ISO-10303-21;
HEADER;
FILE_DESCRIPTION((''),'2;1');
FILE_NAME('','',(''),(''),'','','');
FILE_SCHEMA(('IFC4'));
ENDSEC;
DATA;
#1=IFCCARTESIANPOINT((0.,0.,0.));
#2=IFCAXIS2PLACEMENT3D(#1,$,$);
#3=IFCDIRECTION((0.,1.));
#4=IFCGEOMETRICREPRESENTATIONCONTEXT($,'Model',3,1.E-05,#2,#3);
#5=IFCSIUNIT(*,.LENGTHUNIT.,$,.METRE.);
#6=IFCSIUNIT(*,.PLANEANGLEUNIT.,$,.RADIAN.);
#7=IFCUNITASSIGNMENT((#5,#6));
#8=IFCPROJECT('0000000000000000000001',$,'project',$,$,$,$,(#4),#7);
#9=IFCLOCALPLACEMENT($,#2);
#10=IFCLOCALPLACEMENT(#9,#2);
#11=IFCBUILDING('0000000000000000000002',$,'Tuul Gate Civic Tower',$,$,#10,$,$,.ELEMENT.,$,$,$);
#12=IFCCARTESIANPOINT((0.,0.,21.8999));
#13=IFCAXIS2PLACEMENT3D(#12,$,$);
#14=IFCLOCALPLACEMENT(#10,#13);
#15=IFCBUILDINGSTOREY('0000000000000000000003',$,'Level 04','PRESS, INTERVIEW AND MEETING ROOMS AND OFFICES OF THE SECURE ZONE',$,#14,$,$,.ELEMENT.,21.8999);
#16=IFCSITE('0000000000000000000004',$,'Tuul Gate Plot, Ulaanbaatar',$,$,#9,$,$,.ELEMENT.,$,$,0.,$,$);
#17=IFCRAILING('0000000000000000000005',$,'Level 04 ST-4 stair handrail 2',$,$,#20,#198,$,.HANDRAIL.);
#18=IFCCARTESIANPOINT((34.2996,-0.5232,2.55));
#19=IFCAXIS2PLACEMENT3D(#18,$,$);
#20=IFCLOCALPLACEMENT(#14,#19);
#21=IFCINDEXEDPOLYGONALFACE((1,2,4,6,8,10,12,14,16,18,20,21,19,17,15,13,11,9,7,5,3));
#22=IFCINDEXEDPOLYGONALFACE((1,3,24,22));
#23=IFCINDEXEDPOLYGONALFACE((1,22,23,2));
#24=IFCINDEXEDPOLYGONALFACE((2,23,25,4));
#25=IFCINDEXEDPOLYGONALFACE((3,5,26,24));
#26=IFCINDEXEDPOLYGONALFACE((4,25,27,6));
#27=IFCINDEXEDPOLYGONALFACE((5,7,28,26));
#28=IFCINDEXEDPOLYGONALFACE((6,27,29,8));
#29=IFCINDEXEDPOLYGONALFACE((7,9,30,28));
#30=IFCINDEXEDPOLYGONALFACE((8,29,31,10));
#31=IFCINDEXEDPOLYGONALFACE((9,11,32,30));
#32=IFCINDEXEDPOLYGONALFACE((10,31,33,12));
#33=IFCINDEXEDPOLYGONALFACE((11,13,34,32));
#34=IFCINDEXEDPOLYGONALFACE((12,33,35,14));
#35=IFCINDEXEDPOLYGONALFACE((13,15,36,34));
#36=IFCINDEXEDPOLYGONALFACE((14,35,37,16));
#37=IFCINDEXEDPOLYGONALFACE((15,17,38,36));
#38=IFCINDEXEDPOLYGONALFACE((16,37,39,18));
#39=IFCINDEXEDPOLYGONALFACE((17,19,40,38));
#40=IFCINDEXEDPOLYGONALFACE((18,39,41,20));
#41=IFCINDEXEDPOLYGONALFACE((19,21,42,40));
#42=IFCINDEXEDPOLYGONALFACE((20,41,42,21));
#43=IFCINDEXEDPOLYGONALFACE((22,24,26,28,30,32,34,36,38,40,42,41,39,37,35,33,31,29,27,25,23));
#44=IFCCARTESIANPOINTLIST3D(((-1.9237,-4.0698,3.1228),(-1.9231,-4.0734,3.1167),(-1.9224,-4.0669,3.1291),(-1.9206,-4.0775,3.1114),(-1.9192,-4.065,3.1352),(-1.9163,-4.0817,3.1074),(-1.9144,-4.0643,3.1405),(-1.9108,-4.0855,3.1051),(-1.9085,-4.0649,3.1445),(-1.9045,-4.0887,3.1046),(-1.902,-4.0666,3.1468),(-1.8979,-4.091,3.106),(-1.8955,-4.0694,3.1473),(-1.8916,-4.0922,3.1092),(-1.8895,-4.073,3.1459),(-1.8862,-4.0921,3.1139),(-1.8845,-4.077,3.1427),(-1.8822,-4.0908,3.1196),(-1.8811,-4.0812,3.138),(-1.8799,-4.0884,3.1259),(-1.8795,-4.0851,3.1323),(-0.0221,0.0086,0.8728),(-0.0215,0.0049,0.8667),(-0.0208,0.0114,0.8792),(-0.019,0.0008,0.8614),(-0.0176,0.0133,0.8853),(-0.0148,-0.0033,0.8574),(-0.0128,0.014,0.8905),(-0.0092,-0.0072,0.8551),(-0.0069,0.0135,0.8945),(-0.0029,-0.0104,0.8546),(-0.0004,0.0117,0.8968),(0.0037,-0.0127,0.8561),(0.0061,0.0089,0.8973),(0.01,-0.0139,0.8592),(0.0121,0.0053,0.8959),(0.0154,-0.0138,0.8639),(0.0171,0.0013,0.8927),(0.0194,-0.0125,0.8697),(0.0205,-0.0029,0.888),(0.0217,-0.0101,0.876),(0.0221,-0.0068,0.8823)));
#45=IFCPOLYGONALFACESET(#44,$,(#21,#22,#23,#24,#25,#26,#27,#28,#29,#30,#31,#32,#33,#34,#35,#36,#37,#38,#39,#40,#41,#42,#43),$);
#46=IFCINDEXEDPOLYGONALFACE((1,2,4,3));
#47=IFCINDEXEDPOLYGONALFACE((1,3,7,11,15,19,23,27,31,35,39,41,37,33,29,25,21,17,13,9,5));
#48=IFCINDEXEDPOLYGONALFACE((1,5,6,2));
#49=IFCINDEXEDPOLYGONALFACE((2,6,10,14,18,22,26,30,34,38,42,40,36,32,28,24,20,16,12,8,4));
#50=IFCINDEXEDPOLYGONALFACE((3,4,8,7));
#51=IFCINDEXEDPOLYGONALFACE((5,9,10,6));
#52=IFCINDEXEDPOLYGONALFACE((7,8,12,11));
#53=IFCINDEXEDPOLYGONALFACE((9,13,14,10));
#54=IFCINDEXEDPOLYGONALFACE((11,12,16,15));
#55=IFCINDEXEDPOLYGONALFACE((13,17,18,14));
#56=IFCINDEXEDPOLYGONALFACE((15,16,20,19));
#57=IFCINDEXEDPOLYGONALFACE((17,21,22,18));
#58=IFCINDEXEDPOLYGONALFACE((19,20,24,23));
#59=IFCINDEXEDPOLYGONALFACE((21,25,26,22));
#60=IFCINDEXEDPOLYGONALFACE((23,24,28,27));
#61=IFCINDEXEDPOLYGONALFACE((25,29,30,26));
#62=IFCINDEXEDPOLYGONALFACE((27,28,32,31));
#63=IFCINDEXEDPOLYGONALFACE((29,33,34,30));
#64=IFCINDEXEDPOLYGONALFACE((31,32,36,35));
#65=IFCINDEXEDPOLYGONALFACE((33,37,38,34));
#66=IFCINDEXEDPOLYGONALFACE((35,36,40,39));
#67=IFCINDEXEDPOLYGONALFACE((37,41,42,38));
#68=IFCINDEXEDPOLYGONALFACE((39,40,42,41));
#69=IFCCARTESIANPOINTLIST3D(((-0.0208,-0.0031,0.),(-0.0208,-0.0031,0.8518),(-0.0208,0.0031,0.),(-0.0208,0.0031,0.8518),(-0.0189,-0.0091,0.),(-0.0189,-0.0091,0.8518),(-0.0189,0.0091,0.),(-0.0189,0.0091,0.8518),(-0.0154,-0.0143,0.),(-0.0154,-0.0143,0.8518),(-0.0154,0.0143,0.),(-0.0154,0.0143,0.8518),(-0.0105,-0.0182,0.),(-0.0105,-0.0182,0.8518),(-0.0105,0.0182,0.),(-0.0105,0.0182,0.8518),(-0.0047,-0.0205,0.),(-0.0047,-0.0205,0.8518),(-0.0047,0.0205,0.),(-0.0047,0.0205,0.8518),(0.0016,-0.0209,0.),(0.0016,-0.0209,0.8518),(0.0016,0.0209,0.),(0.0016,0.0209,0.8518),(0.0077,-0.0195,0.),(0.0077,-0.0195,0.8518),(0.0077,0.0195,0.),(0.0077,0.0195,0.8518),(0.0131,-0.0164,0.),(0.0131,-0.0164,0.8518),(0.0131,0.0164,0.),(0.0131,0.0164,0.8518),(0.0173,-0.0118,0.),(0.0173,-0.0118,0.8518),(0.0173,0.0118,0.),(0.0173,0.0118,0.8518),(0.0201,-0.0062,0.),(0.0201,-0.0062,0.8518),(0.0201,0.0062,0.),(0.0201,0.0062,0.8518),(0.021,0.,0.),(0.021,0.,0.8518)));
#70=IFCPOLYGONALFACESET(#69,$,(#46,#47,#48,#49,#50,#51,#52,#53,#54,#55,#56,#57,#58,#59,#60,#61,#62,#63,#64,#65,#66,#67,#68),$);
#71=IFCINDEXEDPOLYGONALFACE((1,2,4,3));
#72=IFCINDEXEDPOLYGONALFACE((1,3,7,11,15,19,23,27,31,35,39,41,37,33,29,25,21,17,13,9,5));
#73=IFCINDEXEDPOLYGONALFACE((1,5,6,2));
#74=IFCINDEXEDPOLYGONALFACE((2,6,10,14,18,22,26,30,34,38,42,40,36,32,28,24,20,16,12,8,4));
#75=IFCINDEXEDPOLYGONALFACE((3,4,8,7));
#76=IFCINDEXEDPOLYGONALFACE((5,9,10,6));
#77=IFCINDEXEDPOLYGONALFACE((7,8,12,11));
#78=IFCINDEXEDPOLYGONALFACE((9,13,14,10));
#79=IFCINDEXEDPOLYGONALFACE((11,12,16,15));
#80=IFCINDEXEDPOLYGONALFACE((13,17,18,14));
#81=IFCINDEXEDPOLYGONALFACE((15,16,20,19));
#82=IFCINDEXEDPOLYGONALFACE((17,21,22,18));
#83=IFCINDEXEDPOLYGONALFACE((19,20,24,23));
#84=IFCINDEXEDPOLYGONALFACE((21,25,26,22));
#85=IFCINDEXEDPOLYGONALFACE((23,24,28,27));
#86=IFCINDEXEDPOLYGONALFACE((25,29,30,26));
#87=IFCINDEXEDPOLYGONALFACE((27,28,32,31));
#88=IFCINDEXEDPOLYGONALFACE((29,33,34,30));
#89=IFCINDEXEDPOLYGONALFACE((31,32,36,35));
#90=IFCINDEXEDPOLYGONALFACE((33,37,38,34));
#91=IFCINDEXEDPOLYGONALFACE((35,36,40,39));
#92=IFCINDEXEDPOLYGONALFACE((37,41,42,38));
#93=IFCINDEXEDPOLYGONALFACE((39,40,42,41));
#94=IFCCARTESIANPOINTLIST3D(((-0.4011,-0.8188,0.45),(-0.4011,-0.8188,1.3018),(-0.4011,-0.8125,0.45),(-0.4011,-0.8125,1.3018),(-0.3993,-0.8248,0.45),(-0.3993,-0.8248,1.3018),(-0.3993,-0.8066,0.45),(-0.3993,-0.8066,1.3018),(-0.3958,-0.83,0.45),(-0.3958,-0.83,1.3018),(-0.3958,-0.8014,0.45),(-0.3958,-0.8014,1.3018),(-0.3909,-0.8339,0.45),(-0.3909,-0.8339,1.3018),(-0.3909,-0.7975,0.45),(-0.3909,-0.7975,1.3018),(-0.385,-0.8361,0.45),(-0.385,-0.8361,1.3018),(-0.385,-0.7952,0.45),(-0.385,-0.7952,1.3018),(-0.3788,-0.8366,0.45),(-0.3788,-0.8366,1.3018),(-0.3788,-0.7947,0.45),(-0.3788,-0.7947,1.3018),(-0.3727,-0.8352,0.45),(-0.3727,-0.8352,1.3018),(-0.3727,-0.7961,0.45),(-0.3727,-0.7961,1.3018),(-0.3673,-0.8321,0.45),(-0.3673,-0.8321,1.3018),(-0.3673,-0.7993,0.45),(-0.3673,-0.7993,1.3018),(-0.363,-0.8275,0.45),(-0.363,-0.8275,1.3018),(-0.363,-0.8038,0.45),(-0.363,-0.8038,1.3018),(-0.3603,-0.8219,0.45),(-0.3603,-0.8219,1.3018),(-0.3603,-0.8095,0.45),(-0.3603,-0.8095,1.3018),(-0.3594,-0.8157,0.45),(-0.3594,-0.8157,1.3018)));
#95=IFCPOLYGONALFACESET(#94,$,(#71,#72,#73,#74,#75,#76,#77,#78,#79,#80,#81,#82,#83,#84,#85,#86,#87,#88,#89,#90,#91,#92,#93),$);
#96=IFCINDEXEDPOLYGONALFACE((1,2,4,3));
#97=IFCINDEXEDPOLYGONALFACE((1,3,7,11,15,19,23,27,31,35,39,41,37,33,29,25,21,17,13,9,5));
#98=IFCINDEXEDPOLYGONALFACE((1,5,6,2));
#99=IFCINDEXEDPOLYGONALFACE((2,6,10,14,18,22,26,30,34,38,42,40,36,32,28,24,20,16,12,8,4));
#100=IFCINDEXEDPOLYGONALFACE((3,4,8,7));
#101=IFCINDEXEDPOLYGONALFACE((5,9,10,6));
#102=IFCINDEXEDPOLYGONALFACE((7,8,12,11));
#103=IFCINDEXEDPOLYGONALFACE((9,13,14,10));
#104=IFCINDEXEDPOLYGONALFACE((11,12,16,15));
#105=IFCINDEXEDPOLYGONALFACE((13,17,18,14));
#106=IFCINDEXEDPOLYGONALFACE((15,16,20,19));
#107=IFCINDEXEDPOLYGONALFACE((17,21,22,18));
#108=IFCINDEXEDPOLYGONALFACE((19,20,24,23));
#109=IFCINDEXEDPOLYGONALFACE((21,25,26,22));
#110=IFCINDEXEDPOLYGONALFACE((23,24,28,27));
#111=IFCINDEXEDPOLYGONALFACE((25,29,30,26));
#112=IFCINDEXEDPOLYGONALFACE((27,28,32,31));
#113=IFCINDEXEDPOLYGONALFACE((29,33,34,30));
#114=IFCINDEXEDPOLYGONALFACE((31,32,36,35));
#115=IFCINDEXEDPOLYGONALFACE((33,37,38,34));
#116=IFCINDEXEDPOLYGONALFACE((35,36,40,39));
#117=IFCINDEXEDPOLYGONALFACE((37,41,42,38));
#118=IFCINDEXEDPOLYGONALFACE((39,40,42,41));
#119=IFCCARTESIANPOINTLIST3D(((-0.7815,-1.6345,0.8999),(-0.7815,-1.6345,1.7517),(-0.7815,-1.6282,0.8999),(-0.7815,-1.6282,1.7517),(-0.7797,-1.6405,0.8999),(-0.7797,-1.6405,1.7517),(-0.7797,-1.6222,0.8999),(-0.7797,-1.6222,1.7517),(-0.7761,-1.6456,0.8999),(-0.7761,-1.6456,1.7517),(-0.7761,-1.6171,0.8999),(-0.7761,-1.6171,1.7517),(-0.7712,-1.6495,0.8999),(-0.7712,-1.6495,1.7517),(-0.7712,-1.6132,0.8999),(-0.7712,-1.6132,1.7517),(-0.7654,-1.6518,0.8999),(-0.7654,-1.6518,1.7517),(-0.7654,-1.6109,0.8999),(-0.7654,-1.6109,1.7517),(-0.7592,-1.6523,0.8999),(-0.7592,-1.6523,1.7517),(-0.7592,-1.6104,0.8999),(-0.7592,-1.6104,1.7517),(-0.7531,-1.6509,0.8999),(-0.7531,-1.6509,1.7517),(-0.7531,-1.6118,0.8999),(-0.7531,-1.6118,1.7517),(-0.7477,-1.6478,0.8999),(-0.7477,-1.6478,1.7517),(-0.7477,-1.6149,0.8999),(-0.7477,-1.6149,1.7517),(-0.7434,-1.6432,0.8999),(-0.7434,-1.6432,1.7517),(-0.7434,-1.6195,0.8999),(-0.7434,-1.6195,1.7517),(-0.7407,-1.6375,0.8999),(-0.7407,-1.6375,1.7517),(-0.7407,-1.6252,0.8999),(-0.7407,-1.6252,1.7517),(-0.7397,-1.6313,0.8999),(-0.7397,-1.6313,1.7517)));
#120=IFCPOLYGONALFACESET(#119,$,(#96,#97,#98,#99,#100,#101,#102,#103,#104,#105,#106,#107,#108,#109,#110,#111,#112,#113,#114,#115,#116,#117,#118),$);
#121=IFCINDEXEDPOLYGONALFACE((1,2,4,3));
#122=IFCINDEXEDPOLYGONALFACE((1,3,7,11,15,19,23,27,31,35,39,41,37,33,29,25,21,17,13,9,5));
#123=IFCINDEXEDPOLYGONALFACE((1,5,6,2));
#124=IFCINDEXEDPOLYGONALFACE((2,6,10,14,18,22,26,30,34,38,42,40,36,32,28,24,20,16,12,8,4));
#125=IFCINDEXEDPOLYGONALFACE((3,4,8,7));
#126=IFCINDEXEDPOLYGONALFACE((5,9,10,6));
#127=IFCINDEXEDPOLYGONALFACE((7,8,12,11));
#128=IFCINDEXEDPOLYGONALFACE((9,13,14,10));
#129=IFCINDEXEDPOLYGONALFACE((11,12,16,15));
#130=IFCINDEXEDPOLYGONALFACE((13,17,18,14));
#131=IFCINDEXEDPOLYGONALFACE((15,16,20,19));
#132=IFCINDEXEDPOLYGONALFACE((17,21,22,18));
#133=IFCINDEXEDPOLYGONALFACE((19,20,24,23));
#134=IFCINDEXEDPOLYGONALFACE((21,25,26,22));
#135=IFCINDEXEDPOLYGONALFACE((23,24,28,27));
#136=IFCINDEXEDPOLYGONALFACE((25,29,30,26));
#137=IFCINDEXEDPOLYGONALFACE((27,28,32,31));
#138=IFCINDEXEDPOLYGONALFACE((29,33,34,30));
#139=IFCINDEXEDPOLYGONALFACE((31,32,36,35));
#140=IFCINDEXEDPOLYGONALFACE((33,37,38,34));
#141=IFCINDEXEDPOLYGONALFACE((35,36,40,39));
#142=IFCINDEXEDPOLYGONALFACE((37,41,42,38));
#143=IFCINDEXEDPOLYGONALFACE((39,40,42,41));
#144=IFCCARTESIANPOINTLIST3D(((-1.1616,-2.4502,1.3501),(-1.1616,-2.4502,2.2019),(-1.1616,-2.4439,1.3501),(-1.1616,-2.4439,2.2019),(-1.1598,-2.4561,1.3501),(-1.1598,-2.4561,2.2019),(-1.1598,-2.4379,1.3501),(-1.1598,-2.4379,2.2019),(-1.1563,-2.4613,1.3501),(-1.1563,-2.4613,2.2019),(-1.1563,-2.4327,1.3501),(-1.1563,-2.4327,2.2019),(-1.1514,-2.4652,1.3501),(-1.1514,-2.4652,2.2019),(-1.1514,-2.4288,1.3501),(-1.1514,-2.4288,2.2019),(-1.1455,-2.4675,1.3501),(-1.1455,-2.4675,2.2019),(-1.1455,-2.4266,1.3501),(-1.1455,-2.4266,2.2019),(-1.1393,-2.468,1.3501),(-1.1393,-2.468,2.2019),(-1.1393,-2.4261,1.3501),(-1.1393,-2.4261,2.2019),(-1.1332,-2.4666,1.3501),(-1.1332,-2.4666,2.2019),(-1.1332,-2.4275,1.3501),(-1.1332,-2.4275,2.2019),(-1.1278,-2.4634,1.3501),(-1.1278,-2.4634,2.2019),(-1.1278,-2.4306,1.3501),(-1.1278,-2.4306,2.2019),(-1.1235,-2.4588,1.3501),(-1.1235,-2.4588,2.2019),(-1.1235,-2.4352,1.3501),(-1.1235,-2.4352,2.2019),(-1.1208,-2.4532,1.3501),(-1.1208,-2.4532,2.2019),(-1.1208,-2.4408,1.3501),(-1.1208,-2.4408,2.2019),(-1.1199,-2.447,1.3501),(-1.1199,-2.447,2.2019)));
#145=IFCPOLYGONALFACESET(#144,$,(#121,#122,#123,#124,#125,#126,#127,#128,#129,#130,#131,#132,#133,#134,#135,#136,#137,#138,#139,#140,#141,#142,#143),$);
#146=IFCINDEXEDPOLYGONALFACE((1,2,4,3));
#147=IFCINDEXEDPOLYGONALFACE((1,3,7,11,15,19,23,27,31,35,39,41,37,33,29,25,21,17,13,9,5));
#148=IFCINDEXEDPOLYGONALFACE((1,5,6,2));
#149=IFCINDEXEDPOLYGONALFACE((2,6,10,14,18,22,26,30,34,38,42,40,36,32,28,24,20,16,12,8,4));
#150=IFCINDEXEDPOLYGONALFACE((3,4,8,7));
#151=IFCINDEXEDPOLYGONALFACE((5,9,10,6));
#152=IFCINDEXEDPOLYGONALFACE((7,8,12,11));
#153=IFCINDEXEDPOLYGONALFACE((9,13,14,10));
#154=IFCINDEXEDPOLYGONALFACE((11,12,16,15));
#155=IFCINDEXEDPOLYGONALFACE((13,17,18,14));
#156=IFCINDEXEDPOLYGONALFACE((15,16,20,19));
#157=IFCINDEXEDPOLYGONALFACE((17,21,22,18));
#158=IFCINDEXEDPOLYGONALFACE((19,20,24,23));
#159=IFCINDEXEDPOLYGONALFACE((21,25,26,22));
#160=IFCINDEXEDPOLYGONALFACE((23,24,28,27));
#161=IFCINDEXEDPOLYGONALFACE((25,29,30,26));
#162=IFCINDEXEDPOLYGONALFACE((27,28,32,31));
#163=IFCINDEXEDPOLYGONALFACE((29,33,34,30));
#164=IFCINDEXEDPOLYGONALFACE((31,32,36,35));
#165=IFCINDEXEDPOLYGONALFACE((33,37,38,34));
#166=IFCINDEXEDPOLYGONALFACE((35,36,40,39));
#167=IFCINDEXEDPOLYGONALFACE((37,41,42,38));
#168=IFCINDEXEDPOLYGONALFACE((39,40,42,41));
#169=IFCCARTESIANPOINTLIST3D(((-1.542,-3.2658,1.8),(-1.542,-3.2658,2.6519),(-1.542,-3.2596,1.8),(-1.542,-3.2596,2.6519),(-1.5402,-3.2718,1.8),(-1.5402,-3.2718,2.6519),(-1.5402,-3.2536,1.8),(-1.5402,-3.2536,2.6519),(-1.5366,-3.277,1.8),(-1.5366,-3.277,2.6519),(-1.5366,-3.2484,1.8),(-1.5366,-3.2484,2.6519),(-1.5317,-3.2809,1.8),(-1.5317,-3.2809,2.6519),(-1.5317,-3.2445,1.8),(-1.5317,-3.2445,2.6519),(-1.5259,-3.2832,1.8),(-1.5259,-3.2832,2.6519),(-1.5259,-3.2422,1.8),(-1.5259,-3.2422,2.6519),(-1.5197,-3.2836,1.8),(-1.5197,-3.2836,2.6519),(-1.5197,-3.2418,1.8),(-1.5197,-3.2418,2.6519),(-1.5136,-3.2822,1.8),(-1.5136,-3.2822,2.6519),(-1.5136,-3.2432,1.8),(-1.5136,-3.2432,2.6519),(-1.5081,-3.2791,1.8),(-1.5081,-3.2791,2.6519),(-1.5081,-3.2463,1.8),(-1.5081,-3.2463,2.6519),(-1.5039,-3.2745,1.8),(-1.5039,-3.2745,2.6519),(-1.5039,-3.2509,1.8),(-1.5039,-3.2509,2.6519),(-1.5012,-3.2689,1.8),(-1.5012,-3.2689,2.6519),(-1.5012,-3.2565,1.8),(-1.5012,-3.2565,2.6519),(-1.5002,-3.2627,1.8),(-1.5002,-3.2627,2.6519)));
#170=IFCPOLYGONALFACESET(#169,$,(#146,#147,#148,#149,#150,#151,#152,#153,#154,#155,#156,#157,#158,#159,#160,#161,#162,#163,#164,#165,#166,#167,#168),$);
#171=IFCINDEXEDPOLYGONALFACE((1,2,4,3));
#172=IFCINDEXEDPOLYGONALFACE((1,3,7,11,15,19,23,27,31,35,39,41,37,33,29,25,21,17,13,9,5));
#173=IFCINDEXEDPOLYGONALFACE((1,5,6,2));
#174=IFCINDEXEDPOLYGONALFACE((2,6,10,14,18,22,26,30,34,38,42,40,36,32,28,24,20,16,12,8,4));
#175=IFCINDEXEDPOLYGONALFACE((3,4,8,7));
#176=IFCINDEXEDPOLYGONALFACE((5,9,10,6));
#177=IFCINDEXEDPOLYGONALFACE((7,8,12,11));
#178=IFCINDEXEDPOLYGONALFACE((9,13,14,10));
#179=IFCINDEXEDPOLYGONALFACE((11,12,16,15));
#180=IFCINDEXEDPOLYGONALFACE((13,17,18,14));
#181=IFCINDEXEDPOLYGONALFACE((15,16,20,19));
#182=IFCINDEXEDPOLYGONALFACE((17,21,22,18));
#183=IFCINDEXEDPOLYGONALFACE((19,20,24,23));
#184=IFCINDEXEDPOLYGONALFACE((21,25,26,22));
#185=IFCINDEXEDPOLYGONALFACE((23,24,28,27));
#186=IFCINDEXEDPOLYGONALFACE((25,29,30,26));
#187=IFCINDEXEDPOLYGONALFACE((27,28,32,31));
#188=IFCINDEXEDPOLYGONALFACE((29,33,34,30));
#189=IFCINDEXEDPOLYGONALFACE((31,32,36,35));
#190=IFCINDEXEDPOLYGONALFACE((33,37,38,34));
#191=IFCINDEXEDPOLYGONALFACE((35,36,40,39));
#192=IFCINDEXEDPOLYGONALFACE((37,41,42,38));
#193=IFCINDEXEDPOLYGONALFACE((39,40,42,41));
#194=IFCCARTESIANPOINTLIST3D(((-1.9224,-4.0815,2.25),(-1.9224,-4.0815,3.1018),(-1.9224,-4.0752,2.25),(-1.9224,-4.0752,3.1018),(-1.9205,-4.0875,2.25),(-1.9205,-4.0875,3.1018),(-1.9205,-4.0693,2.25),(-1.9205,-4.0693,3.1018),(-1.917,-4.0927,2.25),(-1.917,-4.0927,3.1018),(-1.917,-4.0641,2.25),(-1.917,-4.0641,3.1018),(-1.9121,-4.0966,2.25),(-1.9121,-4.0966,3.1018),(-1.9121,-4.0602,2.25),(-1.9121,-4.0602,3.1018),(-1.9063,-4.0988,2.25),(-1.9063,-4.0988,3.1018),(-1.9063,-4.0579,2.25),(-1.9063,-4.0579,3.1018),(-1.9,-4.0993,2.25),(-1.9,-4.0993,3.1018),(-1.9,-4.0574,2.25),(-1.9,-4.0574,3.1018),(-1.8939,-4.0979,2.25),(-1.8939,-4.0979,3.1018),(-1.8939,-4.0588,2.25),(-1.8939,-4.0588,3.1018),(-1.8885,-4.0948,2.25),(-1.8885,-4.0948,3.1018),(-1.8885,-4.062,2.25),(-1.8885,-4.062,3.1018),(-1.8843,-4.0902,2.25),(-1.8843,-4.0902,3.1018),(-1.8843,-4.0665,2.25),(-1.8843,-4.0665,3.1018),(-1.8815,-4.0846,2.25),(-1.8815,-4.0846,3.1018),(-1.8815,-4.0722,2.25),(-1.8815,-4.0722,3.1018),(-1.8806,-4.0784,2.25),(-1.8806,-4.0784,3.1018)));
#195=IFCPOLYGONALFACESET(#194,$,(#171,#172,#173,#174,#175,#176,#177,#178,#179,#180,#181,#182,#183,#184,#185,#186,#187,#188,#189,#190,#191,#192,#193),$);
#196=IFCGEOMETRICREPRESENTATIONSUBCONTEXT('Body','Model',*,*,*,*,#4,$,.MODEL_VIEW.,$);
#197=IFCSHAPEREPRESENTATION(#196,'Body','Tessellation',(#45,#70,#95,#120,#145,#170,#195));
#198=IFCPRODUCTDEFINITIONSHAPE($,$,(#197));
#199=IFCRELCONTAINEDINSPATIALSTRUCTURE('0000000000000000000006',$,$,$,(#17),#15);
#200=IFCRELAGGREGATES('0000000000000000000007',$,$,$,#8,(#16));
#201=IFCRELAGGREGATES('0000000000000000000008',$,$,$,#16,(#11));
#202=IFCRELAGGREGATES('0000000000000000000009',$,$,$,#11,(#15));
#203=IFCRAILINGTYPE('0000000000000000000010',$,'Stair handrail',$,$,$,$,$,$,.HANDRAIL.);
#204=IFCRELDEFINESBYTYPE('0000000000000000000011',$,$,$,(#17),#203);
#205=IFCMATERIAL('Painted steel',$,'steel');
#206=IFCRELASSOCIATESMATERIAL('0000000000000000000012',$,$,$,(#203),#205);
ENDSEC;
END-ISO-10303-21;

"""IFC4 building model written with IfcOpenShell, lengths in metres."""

from ifc_helpers import new_model, si_unit, direction, frame, origin, origin_2d, place, context, subcontext, project, spatial, circle, extrude, material, type_object, element, save


model = new_model("IFC4")

# Units and contexts
model_context = context("Model", 3, precision=1e-05, world=origin(), true_north=direction((0.0, 1.0)))
body_context = subcontext(model_context, "Body", "Model", "MODEL_VIEW")
ifc_project = project(units=[si_unit("LENGTHUNIT", "METRE"), si_unit("PLANEANGLEUNIT", "RADIAN")], contexts=[model_context])

# Site, building, storey
site_placement = place(None, origin())
site = spatial("IfcSite", under=ifc_project, at=site_placement, Name="Tuul Gate Plot, Ulaanbaatar", CompositionType="ELEMENT", RefElevation=0.0)
building_placement = place(site_placement, origin())
building = spatial("IfcBuilding", under=site, at=building_placement, Name="Tuul Gate Civic Tower", CompositionType="ELEMENT")
storey_placement = place(building_placement, frame((0.0, 0.0, 21.8999)))
storey = spatial("IfcBuildingStorey", under=building, at=storey_placement, Name="Level 04", Description="PRESS, INTERVIEW AND MEETING ROOMS AND OFFICES OF THE SECURE ZONE", CompositionType="ELEMENT", Elevation=21.8999)

# Railing
ifc_material_1 = material(Name="Painted steel", Category="steel")
railing_type = type_object("IfcRailingType", Name="Stair handrail", PredefinedType="HANDRAIL", material=ifc_material_1)
railing_placement = place(storey_placement, frame((34.2996, -0.5232, 2.55)))
element("IfcRailing", 1, at=railing_placement, inside=storey, type_object=railing_type, Name="Level 04 ST-4 stair handrail 2", PredefinedType="HANDRAIL", context=body_context, shape_type="SweptSolid", body=[
    extrude(circle(Radius=0.0239, at=origin_2d()), frame((0.0, 0.0, 0.876), z_axis=(-0.377973, -0.810636, 0.44722), x_axis=(0.906322, -0.422588, 0.0)), (0.0, 0.0, 1.0), 5.031),
    extrude(circle(Radius=0.021, at=origin_2d()), origin(), (0.0, 0.0, 1.0), 0.8518),
    extrude(circle(Radius=0.021, at=origin_2d()), frame((-0.3804, -0.8157, 0.45)), (0.0, 0.0, 1.0), 0.8518),
    extrude(circle(Radius=0.021, at=origin_2d()), frame((-0.7607, -1.6313, 0.8999)), (0.0, 0.0, 1.0), 0.8518),
    extrude(circle(Radius=0.021, at=origin_2d()), frame((-1.1409, -2.447, 1.3501)), (0.0, 0.0, 1.0), 0.8518),
    extrude(circle(Radius=0.021, at=origin_2d()), frame((-1.5212, -3.2627, 1.8)), (0.0, 0.0, 1.0), 0.8518),
    extrude(circle(Radius=0.021, at=origin_2d()), frame((-1.9016, -4.0784, 2.25)), (0.0, 0.0, 1.0), 0.8518),
])

save(model, "model.ifc")
